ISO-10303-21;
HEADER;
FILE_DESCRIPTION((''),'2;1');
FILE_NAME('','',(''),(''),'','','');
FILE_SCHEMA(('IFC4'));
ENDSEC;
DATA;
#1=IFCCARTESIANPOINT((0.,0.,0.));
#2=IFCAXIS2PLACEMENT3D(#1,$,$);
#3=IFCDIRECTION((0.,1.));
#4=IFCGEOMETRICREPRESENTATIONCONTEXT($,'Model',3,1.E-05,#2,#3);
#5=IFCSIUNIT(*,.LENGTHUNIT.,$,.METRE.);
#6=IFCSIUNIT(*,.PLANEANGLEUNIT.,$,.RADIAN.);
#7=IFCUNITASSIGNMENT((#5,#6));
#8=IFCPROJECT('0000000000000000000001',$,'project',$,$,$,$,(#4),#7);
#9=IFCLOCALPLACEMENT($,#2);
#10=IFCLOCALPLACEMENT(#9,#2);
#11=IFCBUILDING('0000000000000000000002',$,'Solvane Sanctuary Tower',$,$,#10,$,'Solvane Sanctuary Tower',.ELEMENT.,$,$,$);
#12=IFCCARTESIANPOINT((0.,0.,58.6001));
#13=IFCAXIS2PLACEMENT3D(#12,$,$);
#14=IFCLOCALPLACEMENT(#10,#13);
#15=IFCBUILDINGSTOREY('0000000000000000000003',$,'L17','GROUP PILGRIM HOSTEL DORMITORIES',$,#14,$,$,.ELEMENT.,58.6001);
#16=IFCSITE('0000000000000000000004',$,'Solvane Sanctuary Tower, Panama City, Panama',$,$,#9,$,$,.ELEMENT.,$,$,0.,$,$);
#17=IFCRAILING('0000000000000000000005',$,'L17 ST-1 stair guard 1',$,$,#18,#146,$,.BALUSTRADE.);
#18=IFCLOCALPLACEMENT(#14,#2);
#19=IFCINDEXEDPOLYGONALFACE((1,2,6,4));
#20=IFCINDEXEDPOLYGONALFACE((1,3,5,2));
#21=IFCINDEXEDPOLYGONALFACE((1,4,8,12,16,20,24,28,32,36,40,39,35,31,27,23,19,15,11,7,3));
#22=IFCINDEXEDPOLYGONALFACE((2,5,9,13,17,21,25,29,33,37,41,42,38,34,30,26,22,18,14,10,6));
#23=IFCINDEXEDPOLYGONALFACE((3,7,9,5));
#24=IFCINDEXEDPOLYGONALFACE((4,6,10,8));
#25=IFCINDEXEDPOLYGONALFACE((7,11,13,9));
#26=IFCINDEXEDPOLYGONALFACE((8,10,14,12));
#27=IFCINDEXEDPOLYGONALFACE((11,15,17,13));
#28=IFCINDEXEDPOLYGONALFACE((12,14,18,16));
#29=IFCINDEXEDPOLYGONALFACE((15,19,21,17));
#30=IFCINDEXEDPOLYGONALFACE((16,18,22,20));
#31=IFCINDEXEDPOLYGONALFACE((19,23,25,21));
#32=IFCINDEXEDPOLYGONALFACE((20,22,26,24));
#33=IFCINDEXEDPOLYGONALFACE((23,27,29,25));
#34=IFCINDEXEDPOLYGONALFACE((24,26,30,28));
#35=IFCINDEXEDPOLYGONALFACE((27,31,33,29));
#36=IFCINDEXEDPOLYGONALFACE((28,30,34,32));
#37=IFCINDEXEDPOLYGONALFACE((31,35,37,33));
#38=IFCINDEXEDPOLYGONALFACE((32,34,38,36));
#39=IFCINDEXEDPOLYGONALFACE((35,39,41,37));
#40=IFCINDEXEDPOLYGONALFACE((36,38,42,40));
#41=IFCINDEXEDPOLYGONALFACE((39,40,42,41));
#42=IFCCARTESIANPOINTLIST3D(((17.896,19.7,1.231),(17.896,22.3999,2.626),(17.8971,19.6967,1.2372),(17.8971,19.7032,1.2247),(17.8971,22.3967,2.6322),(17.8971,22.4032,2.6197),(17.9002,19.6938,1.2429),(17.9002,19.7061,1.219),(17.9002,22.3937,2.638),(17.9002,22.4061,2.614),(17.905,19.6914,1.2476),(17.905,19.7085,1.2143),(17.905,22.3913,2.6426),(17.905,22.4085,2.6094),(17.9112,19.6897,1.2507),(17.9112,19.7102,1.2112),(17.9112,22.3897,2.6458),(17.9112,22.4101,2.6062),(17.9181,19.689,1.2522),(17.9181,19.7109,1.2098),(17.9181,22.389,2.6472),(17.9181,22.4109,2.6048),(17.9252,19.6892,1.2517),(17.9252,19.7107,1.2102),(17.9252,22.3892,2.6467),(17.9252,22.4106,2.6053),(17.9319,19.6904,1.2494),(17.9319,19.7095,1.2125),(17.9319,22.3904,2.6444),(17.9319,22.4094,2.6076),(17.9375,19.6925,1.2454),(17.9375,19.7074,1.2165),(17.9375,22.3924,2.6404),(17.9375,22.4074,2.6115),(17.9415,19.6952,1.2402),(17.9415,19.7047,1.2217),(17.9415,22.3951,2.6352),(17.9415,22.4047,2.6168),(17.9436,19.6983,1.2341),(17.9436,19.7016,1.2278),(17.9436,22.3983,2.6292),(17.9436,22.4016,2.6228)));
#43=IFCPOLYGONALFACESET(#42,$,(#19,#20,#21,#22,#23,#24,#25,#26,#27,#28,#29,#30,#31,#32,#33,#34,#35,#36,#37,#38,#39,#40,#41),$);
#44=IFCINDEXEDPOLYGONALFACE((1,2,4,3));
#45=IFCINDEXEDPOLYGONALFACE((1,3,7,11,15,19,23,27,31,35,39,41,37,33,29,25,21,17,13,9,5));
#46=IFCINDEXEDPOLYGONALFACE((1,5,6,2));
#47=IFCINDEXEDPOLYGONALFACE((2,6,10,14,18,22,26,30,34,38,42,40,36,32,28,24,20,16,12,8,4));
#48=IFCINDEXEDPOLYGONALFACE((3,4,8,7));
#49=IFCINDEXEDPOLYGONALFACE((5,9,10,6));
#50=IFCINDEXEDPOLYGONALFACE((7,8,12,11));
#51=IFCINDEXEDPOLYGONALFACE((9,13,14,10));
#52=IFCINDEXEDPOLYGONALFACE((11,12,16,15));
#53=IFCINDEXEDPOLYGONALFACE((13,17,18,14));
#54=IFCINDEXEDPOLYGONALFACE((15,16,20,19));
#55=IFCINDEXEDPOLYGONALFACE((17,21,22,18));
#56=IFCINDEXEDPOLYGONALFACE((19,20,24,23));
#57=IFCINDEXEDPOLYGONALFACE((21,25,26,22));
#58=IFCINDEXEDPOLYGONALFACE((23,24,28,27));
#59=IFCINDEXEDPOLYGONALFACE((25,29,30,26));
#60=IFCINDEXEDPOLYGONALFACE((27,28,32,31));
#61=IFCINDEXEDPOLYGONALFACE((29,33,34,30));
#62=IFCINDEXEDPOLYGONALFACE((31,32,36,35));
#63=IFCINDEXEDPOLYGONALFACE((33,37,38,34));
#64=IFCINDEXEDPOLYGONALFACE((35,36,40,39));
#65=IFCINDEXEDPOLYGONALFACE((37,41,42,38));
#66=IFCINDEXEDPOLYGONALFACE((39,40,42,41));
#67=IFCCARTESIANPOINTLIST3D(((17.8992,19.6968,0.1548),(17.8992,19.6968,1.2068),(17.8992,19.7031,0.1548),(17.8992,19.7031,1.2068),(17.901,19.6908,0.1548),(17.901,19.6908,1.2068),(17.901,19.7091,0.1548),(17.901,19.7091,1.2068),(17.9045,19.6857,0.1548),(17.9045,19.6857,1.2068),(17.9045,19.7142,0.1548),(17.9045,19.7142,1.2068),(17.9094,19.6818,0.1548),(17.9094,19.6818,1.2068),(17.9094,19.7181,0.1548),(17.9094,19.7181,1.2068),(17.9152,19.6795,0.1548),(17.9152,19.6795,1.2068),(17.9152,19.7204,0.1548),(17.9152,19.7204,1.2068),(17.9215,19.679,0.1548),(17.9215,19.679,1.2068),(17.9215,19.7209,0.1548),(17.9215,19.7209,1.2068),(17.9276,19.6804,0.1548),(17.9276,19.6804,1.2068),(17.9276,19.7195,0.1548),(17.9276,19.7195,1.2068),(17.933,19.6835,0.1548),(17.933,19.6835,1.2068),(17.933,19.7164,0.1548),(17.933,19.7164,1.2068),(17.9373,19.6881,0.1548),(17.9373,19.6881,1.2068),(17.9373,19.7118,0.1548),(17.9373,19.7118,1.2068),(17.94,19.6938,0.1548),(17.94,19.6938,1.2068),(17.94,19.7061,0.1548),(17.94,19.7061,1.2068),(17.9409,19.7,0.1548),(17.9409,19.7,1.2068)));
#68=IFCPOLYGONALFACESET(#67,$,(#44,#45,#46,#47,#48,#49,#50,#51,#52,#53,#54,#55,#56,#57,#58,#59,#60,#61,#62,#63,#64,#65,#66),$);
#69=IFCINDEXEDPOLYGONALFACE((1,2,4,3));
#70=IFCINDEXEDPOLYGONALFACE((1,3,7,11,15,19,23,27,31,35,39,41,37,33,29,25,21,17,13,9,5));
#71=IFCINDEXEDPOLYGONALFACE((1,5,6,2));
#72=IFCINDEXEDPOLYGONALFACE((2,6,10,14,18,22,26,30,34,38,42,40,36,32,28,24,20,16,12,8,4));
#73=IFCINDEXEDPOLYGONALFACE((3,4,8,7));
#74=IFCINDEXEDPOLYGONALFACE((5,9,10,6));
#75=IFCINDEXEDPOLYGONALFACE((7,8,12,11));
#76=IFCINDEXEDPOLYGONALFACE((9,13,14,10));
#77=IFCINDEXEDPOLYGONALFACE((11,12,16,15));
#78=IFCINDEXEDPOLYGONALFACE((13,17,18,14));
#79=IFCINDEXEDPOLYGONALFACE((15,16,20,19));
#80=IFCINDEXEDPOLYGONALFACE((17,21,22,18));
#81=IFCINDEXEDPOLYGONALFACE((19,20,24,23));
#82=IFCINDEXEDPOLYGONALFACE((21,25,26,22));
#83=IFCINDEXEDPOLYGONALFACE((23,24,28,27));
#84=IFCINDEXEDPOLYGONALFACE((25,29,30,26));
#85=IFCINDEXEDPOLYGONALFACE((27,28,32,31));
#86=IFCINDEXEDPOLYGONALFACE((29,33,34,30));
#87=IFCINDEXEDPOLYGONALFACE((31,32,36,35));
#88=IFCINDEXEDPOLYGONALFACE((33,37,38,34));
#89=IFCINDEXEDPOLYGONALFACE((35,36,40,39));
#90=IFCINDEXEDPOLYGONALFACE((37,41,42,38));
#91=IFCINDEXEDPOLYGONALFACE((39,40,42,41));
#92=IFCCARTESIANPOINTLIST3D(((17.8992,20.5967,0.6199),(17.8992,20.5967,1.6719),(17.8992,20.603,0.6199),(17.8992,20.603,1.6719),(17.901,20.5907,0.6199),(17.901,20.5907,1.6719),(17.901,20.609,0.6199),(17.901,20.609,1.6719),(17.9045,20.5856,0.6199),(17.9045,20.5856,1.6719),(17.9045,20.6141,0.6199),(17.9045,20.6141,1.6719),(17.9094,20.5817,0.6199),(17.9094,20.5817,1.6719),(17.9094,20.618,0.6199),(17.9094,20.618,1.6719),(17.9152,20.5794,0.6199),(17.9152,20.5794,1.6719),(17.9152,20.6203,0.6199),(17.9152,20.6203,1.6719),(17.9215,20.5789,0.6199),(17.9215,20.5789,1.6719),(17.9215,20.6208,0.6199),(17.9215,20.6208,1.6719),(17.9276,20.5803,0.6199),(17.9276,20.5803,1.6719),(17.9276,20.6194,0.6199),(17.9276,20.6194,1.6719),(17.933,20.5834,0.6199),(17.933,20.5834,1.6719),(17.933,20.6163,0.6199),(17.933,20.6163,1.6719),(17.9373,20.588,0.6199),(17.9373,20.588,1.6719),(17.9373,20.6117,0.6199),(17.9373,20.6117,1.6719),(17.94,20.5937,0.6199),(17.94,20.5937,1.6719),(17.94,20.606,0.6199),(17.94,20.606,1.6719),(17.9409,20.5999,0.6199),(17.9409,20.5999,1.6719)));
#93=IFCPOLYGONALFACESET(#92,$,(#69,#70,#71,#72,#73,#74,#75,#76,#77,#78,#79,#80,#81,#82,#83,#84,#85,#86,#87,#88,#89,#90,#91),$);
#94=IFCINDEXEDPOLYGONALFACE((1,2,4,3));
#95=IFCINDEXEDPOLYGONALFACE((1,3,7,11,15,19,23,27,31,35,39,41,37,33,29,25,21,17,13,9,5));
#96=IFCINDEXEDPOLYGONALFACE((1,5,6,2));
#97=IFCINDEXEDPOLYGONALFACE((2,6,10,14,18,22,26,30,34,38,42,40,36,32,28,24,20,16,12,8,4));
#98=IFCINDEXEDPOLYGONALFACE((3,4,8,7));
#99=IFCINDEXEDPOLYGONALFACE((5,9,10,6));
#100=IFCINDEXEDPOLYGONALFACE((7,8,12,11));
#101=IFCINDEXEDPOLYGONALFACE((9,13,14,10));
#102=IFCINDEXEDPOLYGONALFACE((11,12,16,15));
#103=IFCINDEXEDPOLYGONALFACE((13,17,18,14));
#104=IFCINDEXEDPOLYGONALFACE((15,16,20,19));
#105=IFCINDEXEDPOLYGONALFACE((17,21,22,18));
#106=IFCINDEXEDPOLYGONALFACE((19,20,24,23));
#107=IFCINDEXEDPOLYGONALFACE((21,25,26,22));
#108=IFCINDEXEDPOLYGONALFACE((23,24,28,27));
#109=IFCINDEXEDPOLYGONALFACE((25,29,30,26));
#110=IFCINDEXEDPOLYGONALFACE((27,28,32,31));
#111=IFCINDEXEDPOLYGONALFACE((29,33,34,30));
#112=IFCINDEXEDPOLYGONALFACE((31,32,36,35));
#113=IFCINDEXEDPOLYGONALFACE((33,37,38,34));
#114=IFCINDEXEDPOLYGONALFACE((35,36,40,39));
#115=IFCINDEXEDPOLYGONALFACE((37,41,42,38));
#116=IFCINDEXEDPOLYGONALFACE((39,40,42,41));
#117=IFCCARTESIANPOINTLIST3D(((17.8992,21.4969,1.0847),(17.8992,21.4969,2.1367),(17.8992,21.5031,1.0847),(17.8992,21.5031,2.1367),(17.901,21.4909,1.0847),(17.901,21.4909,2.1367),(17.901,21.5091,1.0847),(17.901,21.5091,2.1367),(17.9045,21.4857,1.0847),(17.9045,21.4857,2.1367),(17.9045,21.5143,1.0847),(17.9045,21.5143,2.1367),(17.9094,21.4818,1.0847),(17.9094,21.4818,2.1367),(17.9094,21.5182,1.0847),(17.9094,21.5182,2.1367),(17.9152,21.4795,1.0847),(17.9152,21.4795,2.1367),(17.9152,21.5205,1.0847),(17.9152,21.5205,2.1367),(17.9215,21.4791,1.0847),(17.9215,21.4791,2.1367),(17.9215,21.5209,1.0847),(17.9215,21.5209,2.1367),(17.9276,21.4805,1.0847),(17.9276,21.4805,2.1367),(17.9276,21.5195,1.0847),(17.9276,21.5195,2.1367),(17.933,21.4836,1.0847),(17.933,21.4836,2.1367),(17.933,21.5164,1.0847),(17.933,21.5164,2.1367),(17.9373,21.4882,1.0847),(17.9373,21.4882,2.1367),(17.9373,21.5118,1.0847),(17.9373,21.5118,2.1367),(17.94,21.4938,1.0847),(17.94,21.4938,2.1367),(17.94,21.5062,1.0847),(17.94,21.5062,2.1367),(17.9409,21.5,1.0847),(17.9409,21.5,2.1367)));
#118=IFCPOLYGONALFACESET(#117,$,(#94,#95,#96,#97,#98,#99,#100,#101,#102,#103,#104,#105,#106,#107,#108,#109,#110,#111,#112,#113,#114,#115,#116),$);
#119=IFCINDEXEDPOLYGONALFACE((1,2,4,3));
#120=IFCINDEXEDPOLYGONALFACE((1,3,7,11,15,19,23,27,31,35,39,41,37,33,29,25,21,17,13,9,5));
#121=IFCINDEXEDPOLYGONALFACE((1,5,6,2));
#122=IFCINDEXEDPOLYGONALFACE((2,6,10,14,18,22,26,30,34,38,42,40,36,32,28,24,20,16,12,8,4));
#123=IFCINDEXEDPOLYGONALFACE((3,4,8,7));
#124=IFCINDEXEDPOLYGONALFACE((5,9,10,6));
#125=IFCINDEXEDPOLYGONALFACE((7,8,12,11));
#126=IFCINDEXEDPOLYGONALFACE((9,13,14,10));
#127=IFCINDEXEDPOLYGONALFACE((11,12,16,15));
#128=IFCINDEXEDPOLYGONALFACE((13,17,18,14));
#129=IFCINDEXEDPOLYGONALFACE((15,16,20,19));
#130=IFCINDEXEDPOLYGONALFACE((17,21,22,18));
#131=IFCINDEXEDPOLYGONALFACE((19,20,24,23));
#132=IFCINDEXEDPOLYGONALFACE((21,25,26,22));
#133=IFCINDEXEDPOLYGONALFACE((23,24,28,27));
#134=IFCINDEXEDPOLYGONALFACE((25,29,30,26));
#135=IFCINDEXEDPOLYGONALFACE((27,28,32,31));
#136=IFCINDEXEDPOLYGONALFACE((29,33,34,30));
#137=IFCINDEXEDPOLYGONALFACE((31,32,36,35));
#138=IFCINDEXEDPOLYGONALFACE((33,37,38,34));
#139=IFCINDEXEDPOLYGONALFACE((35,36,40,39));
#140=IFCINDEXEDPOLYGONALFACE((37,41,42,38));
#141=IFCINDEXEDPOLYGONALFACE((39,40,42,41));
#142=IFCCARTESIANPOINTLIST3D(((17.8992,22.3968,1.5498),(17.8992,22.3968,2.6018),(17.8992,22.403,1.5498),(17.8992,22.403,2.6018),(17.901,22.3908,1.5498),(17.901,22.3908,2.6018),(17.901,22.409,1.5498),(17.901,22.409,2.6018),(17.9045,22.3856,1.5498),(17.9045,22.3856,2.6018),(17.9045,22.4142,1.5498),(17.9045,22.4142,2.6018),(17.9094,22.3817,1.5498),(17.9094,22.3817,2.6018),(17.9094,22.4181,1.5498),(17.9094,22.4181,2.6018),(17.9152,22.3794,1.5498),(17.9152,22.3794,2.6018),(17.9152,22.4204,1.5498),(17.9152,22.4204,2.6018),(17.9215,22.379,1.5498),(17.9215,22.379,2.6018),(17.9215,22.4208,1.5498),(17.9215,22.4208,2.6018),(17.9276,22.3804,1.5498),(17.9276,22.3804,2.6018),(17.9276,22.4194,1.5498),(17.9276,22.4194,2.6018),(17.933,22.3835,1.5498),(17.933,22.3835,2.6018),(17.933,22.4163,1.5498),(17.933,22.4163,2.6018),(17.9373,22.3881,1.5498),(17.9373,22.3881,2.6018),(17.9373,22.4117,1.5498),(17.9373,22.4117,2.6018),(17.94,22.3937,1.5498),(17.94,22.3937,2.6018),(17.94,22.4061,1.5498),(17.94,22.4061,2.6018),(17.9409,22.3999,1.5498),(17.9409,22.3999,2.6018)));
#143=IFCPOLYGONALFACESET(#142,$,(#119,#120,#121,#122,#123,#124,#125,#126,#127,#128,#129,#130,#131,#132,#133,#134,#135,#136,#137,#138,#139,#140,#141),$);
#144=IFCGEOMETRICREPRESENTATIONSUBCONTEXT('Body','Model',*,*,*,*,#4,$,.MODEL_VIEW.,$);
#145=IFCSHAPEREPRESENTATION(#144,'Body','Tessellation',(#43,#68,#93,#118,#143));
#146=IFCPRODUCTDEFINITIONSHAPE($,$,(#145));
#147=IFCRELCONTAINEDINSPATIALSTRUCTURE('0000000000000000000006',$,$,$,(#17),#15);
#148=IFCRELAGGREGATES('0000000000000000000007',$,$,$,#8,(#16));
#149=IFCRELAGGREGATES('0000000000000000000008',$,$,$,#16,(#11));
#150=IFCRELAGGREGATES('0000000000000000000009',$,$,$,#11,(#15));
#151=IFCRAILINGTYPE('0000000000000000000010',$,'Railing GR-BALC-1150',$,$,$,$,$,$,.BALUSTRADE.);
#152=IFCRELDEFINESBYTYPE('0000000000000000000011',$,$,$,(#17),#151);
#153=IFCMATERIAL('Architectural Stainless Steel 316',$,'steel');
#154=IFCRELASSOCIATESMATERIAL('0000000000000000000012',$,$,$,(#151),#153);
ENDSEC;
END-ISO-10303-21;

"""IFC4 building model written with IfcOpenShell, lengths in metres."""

from ifc_helpers import new_model, si_unit, direction, frame, origin, origin_2d, place, context, subcontext, project, spatial, circle, extrude, material, type_object, element, save


model = new_model("IFC4")

# Units and contexts
model_context = context("Model", 3, precision=1e-05, world=origin(), true_north=direction((0.0, 1.0)))
body_context = subcontext(model_context, "Body", "Model", "MODEL_VIEW")
ifc_project = project(units=[si_unit("LENGTHUNIT", "METRE"), si_unit("PLANEANGLEUNIT", "RADIAN")], contexts=[model_context])

# Site, building, storey
site_placement = place(None, origin())
site = spatial("IfcSite", under=ifc_project, at=site_placement, Name="Solvane Sanctuary Tower, Panama City, Panama", CompositionType="ELEMENT", RefElevation=0.0)
building_placement = place(site_placement, origin())
building = spatial("IfcBuilding", under=site, at=building_placement, Name="Solvane Sanctuary Tower", LongName="Solvane Sanctuary Tower", CompositionType="ELEMENT")
storey_placement = place(building_placement, frame((0.0, 0.0, 58.6001)))
storey = spatial("IfcBuildingStorey", under=building, at=storey_placement, Name="L17", Description="GROUP PILGRIM HOSTEL DORMITORIES", CompositionType="ELEMENT", Elevation=58.6001)

# Shared definitions
ifc_material_1 = material(Name="Architectural Stainless Steel 316", Category="steel")

# Railing
railing_type = type_object("IfcRailingType", Name="Railing GR-BALC-1150", PredefinedType="BALUSTRADE", material=ifc_material_1)
railing_1_placement = place(storey_placement, frame((17.9199, 19.7, 0.1548)))
element("IfcRailing", 1, at=railing_1_placement, inside=storey, type_object=railing_type, Name="L17 ST-1 stair guard 1", PredefinedType="BALUSTRADE", context=body_context, shape_type="SweptSolid", body=[
    extrude(circle(Radius=0.0239, at=origin_2d()), frame((0.0, 0.0, 1.0762), z_axis=(0.0, 0.88842, 0.459032), x_axis=(-1.0, 0.0, 0.0)), (0.0, 0.0, 1.0), 3.0391),
    extrude(circle(Radius=0.021, at=origin_2d()), origin(), (0.0, 0.0, 1.0), 1.052),
    extrude(circle(Radius=0.021, at=origin_2d()), frame((0.0, 0.8999, 0.4651)), (0.0, 0.0, 1.0), 1.052),
    extrude(circle(Radius=0.021, at=origin_2d()), frame((0.0, 1.8, 0.9299)), (0.0, 0.0, 1.0), 1.052),
    extrude(circle(Radius=0.021, at=origin_2d()), frame((0.0, 2.7, 1.395)), (0.0, 0.0, 1.0), 1.052),
])

save(model, "model.ifc")
